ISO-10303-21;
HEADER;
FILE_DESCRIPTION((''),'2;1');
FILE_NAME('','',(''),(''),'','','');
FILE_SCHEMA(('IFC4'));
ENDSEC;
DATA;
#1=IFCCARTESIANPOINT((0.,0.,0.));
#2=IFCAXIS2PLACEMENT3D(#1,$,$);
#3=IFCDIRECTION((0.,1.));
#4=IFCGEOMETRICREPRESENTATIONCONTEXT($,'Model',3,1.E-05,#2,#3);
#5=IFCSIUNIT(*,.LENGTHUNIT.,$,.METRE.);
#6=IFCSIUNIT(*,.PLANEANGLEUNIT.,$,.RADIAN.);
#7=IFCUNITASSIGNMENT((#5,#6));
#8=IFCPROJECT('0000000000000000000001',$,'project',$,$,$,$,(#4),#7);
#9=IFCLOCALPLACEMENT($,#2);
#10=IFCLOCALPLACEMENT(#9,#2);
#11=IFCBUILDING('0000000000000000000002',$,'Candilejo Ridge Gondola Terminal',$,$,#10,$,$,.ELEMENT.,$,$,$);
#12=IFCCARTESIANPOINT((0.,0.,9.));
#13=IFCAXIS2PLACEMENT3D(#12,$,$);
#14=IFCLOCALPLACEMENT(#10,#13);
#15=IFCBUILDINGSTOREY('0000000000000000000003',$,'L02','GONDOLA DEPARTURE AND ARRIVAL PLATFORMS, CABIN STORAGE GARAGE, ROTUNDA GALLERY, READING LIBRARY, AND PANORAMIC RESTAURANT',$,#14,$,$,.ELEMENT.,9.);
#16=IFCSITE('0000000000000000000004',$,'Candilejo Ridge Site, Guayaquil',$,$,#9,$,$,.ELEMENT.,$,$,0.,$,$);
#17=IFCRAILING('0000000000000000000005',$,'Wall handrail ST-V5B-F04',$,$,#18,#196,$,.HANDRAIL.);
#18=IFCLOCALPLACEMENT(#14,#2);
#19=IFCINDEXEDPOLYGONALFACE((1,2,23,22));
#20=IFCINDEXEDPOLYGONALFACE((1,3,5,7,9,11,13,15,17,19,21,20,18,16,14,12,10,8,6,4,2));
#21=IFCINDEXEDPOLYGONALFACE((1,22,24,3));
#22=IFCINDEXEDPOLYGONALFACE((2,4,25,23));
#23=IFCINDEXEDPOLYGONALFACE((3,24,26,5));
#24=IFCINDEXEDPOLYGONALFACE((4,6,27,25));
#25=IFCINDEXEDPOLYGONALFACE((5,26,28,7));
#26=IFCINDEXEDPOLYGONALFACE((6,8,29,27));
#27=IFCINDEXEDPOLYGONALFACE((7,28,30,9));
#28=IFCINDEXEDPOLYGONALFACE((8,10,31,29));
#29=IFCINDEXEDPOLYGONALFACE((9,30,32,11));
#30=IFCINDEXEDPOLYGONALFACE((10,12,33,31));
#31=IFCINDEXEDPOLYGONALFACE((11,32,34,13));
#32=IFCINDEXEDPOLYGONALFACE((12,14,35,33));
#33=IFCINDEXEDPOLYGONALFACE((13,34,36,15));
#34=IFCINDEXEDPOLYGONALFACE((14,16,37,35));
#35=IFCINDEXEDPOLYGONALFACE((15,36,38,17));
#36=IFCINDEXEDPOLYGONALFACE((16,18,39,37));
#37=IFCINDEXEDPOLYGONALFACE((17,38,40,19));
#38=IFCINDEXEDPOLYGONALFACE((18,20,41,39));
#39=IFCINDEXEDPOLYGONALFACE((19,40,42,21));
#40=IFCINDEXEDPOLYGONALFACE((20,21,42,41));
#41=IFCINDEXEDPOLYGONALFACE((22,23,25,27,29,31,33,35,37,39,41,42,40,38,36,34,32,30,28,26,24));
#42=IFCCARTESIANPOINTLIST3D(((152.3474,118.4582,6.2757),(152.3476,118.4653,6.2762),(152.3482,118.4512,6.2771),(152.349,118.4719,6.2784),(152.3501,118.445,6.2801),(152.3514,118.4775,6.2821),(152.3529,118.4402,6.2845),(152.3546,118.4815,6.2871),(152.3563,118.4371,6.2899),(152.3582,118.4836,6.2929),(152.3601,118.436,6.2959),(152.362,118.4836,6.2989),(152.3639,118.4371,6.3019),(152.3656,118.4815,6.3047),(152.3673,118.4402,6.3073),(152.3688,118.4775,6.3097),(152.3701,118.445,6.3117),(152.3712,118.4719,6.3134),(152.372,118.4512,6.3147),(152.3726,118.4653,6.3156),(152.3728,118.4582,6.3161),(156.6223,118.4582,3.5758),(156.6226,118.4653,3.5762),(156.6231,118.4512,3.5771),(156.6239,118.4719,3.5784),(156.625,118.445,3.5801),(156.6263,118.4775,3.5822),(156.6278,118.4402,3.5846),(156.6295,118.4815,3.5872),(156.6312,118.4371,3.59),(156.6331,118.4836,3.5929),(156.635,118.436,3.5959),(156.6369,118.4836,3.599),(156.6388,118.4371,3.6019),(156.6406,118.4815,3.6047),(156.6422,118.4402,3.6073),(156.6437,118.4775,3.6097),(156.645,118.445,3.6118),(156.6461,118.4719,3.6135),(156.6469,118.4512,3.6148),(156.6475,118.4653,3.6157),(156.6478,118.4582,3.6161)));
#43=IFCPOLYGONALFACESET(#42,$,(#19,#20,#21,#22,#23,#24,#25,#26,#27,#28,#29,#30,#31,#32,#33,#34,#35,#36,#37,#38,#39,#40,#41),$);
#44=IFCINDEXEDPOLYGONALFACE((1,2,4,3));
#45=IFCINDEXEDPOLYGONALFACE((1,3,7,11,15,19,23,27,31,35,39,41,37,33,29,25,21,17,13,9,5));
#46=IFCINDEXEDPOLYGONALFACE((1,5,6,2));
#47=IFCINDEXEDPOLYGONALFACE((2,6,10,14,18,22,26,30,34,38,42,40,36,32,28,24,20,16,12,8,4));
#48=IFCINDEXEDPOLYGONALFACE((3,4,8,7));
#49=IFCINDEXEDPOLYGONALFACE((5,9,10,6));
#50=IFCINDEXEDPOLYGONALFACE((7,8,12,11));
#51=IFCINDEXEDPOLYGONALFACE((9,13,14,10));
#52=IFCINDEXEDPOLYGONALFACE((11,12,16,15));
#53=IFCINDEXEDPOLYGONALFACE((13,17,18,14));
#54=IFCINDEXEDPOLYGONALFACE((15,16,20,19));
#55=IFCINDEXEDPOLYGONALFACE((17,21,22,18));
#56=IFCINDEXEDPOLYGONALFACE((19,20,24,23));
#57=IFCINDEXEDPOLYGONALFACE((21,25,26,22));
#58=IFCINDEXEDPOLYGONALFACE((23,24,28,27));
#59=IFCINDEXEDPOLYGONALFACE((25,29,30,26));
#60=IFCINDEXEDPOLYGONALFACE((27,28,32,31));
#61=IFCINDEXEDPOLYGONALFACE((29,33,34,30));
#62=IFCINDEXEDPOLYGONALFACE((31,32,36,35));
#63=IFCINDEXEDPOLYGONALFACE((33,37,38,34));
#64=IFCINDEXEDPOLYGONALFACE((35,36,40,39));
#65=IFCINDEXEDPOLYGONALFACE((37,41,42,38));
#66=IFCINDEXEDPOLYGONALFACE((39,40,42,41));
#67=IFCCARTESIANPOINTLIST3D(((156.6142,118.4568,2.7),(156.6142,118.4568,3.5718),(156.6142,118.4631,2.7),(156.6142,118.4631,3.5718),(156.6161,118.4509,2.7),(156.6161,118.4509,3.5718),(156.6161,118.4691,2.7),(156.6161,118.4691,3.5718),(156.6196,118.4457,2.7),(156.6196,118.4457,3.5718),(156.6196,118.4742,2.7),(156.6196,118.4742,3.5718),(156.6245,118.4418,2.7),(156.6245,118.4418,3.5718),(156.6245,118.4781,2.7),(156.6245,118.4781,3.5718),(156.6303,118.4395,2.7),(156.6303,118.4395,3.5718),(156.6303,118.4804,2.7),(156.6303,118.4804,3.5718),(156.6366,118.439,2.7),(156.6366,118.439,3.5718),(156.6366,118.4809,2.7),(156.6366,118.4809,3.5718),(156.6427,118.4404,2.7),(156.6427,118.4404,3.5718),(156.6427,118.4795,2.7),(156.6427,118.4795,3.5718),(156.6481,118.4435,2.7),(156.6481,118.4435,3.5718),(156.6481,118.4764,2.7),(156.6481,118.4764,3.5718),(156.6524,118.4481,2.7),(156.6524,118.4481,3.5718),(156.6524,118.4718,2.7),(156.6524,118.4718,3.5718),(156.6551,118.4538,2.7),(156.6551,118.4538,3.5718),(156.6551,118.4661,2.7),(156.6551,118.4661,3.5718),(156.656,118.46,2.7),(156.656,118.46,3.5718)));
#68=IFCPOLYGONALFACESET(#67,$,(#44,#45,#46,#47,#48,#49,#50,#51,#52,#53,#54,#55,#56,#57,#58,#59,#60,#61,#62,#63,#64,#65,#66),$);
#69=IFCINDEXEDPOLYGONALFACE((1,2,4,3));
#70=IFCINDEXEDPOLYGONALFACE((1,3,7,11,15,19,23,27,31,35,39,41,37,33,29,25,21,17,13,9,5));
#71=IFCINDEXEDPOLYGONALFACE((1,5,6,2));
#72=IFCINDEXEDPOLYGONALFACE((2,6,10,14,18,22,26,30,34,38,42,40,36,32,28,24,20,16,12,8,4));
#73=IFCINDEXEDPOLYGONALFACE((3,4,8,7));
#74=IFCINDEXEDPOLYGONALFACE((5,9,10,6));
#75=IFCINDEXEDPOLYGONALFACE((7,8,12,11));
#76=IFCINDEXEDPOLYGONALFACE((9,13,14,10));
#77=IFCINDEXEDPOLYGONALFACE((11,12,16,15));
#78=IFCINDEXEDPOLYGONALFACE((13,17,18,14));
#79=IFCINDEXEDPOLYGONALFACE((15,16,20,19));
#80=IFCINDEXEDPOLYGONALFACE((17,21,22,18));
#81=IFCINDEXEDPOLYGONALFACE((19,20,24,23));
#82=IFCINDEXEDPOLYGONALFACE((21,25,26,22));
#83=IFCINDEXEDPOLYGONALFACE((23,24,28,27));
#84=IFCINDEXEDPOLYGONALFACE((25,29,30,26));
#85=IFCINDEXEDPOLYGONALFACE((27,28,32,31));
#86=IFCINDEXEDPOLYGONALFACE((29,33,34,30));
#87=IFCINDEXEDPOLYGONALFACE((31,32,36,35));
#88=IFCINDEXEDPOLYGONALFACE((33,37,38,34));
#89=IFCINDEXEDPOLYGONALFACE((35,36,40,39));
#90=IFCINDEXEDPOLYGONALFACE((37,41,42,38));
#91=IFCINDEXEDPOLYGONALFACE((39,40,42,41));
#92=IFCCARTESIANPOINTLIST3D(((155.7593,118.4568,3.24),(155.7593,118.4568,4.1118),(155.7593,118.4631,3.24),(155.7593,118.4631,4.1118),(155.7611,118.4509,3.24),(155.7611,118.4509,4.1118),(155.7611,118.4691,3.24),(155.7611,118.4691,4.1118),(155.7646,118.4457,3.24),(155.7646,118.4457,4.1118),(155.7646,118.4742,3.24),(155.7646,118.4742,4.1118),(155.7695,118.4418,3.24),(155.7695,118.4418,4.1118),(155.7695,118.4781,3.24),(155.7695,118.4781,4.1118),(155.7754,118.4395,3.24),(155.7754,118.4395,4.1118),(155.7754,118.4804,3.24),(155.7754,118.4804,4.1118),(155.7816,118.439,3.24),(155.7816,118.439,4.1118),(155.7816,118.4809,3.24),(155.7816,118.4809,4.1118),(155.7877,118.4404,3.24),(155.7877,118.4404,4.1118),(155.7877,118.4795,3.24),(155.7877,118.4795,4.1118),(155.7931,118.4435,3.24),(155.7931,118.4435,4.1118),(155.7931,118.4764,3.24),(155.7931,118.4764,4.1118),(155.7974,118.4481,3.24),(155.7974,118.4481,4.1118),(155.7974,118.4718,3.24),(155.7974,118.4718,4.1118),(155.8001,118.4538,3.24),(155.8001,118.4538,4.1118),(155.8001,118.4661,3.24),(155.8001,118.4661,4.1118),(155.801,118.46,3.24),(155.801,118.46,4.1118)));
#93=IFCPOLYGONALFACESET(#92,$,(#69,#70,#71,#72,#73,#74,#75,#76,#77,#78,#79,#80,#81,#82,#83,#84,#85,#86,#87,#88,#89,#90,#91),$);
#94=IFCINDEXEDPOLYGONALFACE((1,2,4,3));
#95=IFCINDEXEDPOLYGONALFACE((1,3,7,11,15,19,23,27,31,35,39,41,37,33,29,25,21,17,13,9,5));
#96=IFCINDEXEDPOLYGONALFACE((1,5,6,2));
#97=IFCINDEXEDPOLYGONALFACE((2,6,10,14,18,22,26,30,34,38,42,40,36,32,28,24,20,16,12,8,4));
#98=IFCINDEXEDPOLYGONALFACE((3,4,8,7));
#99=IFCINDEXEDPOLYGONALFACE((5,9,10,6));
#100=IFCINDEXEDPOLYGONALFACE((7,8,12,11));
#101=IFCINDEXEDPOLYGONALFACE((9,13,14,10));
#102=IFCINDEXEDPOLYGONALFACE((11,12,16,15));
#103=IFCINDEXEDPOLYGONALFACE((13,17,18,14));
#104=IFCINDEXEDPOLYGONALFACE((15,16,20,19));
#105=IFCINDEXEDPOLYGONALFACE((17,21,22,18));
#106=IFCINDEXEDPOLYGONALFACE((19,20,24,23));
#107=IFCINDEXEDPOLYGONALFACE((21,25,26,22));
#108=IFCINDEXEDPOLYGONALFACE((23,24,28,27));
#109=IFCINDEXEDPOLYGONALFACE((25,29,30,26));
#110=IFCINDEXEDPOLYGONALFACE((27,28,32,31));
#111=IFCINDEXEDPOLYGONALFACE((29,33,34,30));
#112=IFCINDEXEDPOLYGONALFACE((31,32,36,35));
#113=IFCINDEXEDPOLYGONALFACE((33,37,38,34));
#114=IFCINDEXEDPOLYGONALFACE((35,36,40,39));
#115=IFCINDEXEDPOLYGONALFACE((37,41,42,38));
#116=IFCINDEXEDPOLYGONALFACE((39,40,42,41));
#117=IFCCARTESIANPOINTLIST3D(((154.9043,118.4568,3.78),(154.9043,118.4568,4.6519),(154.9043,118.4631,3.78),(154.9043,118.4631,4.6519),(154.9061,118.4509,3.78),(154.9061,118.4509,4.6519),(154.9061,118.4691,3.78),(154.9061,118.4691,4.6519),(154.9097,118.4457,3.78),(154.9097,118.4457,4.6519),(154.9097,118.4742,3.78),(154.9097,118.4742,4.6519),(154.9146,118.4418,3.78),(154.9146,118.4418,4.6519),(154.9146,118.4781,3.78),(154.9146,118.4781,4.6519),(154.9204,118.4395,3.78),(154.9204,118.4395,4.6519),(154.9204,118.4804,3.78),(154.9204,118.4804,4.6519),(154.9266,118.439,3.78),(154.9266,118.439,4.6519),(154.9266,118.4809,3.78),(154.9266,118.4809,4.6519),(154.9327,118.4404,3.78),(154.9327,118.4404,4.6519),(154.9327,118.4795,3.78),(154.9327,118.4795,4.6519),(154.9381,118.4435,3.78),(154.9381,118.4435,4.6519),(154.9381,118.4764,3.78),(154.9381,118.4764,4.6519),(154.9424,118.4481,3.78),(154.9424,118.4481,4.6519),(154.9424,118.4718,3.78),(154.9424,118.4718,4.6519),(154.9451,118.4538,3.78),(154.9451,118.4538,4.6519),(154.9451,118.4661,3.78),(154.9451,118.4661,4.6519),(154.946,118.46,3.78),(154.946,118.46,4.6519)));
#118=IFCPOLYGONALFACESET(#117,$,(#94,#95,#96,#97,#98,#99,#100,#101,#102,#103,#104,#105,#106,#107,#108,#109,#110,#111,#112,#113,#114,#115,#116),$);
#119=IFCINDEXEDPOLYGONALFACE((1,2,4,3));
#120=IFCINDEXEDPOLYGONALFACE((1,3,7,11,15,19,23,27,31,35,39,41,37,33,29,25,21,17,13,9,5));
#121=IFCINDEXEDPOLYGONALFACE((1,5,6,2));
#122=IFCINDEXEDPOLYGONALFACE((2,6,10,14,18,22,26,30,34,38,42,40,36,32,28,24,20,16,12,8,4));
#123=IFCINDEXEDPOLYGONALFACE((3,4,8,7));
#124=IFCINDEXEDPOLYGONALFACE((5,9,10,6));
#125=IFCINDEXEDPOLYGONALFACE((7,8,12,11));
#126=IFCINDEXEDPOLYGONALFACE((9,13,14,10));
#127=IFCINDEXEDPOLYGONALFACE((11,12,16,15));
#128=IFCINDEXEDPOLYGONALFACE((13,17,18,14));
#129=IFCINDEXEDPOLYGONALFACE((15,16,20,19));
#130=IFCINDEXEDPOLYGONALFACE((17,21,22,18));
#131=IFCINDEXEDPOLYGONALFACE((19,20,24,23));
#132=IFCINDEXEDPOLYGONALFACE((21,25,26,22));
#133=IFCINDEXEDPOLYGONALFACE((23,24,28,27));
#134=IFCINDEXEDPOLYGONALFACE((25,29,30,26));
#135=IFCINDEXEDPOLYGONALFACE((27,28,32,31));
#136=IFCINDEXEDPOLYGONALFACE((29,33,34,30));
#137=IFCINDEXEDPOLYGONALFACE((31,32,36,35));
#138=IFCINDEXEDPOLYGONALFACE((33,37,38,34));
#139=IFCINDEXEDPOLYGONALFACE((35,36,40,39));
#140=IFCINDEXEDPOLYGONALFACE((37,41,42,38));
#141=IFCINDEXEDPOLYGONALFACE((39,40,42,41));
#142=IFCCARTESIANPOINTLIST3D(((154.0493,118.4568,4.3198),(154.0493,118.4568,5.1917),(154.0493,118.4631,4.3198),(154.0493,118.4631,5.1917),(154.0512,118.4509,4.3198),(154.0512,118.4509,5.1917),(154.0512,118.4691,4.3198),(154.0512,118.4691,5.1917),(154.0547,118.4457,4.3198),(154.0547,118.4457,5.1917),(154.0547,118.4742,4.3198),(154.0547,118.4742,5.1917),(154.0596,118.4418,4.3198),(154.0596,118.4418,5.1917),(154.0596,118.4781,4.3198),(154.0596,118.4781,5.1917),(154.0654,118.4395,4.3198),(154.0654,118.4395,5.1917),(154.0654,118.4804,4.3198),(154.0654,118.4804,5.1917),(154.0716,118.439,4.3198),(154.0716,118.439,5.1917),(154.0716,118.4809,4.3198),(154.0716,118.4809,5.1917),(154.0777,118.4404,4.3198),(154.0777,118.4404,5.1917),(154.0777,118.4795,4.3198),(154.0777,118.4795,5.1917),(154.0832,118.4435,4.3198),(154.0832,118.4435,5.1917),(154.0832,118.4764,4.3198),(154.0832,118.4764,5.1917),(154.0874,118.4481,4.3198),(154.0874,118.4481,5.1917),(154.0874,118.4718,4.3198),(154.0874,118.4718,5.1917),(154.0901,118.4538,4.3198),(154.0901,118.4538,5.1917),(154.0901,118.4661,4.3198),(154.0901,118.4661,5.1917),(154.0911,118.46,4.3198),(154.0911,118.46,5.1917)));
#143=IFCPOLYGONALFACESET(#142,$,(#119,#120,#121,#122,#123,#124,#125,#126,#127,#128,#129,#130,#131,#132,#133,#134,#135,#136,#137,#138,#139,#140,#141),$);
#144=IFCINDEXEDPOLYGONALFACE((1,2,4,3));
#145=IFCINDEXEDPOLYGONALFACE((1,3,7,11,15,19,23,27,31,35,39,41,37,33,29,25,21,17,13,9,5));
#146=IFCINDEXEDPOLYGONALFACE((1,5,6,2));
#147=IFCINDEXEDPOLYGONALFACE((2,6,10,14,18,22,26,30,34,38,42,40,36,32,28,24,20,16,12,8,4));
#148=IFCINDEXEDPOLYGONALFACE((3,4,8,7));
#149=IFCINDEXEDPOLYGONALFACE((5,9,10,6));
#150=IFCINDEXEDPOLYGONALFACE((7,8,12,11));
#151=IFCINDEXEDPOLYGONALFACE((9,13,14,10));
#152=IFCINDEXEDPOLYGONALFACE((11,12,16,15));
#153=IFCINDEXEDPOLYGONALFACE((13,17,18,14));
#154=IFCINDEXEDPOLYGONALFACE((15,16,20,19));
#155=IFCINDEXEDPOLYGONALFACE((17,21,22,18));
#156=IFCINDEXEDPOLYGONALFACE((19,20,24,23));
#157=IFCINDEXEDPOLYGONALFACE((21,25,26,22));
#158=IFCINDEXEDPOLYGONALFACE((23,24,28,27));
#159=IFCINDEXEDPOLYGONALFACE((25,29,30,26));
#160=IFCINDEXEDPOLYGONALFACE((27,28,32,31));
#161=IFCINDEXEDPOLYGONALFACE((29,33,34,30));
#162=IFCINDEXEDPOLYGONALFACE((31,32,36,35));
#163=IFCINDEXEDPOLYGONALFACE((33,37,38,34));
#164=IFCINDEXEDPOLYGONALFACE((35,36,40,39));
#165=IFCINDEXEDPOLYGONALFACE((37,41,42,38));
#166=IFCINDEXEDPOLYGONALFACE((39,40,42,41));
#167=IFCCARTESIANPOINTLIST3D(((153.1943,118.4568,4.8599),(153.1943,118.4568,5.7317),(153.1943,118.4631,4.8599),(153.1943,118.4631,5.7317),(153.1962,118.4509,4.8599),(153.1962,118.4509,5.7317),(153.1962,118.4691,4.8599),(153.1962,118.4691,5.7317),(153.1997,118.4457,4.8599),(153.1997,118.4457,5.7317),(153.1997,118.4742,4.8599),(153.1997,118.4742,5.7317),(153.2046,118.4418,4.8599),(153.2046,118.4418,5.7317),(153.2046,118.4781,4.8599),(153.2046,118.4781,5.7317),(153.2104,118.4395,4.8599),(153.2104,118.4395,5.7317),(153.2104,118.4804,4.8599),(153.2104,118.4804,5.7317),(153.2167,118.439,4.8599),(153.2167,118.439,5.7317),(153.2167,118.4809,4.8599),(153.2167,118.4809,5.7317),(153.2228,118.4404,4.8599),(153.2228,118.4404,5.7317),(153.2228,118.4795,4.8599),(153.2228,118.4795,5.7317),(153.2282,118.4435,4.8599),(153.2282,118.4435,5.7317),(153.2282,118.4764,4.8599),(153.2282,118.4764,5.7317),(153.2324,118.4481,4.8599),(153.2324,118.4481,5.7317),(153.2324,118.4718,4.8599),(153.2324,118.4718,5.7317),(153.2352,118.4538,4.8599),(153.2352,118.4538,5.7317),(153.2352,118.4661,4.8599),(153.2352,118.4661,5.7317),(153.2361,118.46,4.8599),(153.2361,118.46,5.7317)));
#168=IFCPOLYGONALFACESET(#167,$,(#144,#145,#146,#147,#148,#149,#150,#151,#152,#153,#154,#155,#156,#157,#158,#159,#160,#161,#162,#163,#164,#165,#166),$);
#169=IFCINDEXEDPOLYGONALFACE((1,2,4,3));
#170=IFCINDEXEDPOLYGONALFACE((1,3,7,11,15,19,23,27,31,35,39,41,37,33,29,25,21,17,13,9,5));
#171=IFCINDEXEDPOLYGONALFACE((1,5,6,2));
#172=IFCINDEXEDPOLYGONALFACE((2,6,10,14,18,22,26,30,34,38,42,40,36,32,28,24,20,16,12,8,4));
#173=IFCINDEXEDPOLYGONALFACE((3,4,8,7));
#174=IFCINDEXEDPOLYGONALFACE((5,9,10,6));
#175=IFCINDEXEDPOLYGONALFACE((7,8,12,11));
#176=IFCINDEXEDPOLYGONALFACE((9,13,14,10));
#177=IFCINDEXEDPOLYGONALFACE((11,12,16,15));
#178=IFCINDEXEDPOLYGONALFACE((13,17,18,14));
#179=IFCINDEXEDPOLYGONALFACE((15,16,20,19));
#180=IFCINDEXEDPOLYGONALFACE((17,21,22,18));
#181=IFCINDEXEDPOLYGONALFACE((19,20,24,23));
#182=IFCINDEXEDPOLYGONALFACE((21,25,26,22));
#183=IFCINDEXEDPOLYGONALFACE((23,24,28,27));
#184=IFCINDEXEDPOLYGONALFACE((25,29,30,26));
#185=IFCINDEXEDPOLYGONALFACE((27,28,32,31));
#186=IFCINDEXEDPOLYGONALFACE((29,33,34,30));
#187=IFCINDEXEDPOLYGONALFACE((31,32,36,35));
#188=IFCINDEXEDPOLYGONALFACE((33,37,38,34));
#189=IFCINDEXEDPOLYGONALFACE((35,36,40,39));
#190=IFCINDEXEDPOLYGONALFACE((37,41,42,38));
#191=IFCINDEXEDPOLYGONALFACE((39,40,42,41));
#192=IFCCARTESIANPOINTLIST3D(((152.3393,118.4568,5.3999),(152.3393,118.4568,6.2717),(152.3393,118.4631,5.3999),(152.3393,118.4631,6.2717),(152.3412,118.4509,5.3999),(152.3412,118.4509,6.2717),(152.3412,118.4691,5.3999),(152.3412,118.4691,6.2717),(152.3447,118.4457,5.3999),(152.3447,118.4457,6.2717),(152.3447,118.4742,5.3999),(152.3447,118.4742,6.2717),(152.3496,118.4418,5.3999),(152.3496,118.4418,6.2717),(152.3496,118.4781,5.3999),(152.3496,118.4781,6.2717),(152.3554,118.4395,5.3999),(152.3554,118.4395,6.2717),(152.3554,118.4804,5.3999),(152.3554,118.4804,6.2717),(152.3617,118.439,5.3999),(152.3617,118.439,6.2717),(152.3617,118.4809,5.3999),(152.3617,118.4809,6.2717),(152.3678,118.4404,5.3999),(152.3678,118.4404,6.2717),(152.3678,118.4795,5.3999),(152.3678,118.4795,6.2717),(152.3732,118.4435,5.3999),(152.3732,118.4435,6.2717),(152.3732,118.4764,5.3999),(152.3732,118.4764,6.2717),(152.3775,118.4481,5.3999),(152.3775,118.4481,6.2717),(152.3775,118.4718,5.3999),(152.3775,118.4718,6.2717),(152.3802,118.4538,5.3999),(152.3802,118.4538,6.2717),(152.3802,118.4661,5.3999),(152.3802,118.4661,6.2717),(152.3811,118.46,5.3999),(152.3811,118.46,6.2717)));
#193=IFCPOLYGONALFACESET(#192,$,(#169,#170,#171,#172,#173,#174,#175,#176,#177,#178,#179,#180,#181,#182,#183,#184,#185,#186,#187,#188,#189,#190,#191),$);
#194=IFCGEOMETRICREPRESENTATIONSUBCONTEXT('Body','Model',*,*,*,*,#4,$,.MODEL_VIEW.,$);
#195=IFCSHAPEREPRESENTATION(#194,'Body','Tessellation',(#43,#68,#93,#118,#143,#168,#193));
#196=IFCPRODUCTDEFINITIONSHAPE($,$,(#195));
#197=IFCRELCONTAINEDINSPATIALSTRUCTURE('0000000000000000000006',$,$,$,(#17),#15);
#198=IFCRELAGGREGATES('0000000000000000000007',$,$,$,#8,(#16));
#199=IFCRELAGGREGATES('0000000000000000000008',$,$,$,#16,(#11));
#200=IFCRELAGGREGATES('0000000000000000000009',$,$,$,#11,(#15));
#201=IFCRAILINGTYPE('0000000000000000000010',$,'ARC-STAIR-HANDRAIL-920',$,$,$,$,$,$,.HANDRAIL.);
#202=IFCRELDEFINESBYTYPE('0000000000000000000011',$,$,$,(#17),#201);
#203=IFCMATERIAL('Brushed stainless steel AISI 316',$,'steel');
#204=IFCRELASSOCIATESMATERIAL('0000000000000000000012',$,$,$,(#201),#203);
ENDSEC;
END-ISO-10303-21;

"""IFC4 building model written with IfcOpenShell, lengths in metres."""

from ifc_helpers import new_model, si_unit, direction, frame, origin, origin_2d, place, context, subcontext, project, spatial, circle, extrude, material, type_object, element, save


model = new_model("IFC4")

# Units and contexts
model_context = context("Model", 3, precision=1e-05, world=origin(), true_north=direction((0.0, 1.0)))
body_context = subcontext(model_context, "Body", "Model", "MODEL_VIEW")
ifc_project = project(units=[si_unit("LENGTHUNIT", "METRE"), si_unit("PLANEANGLEUNIT", "RADIAN")], contexts=[model_context])

# Site, building, storey
site_placement = place(None, origin())
site = spatial("IfcSite", under=ifc_project, at=site_placement, Name="Candilejo Ridge Site, Guayaquil", CompositionType="ELEMENT", RefElevation=0.0)
building_placement = place(site_placement, origin())
building = spatial("IfcBuilding", under=site, at=building_placement, Name="Candilejo Ridge Gondola Terminal", CompositionType="ELEMENT")
storey_placement = place(building_placement, frame((0.0, 0.0, 9.0)))
storey = spatial("IfcBuildingStorey", under=building, at=storey_placement, Name="L02", Description="GONDOLA DEPARTURE AND ARRIVAL PLATFORMS, CABIN STORAGE GARAGE, ROTUNDA GALLERY, READING LIBRARY, AND PANORAMIC RESTAURANT", CompositionType="ELEMENT", Elevation=9.0)

# Railing
ifc_material_1 = material(Name="Brushed stainless steel AISI 316", Category="steel")
railing_type_1 = type_object("IfcRailingType", Name="ARC-STAIR-HANDRAIL-920", PredefinedType="HANDRAIL", material=ifc_material_1)
railing_1_placement = place(storey_placement, frame((156.635, 118.46, 2.7)))
element("IfcRailing", 1, at=railing_1_placement, inside=storey, type_object=railing_type_1, Name="Wall handrail ST-V5B-F04", PredefinedType="HANDRAIL", context=body_context, shape_type="SweptSolid", body=[
    extrude(circle(Radius=0.0239, at=origin_2d()), frame((0.0, 0.0, 0.896), z_axis=(-0.845488, 0.0, 0.533995), x_axis=(0.0, -1.0, 0.0)), (0.0, 0.0, 1.0), 5.0562),
    extrude(circle(Radius=0.021, at=origin_2d()), origin(), (0.0, 0.0, 1.0), 0.8718),
    extrude(circle(Radius=0.021, at=origin_2d()), frame((-0.855, 0.0, 0.54)), (0.0, 0.0, 1.0), 0.8718),
    extrude(circle(Radius=0.021, at=origin_2d()), frame((-1.71, 0.0, 1.0801)), (0.0, 0.0, 1.0), 0.8718),
    extrude(circle(Radius=0.021, at=origin_2d()), frame((-2.5649, 0.0, 1.6199)), (0.0, 0.0, 1.0), 0.8718),
    extrude(circle(Radius=0.021, at=origin_2d()), frame((-3.4199, 0.0, 2.1599)), (0.0, 0.0, 1.0), 0.8718),
    extrude(circle(Radius=0.021, at=origin_2d()), frame((-4.2749, 0.0, 2.7)), (0.0, 0.0, 1.0), 0.8718),
])

save(model, "model.ifc")
